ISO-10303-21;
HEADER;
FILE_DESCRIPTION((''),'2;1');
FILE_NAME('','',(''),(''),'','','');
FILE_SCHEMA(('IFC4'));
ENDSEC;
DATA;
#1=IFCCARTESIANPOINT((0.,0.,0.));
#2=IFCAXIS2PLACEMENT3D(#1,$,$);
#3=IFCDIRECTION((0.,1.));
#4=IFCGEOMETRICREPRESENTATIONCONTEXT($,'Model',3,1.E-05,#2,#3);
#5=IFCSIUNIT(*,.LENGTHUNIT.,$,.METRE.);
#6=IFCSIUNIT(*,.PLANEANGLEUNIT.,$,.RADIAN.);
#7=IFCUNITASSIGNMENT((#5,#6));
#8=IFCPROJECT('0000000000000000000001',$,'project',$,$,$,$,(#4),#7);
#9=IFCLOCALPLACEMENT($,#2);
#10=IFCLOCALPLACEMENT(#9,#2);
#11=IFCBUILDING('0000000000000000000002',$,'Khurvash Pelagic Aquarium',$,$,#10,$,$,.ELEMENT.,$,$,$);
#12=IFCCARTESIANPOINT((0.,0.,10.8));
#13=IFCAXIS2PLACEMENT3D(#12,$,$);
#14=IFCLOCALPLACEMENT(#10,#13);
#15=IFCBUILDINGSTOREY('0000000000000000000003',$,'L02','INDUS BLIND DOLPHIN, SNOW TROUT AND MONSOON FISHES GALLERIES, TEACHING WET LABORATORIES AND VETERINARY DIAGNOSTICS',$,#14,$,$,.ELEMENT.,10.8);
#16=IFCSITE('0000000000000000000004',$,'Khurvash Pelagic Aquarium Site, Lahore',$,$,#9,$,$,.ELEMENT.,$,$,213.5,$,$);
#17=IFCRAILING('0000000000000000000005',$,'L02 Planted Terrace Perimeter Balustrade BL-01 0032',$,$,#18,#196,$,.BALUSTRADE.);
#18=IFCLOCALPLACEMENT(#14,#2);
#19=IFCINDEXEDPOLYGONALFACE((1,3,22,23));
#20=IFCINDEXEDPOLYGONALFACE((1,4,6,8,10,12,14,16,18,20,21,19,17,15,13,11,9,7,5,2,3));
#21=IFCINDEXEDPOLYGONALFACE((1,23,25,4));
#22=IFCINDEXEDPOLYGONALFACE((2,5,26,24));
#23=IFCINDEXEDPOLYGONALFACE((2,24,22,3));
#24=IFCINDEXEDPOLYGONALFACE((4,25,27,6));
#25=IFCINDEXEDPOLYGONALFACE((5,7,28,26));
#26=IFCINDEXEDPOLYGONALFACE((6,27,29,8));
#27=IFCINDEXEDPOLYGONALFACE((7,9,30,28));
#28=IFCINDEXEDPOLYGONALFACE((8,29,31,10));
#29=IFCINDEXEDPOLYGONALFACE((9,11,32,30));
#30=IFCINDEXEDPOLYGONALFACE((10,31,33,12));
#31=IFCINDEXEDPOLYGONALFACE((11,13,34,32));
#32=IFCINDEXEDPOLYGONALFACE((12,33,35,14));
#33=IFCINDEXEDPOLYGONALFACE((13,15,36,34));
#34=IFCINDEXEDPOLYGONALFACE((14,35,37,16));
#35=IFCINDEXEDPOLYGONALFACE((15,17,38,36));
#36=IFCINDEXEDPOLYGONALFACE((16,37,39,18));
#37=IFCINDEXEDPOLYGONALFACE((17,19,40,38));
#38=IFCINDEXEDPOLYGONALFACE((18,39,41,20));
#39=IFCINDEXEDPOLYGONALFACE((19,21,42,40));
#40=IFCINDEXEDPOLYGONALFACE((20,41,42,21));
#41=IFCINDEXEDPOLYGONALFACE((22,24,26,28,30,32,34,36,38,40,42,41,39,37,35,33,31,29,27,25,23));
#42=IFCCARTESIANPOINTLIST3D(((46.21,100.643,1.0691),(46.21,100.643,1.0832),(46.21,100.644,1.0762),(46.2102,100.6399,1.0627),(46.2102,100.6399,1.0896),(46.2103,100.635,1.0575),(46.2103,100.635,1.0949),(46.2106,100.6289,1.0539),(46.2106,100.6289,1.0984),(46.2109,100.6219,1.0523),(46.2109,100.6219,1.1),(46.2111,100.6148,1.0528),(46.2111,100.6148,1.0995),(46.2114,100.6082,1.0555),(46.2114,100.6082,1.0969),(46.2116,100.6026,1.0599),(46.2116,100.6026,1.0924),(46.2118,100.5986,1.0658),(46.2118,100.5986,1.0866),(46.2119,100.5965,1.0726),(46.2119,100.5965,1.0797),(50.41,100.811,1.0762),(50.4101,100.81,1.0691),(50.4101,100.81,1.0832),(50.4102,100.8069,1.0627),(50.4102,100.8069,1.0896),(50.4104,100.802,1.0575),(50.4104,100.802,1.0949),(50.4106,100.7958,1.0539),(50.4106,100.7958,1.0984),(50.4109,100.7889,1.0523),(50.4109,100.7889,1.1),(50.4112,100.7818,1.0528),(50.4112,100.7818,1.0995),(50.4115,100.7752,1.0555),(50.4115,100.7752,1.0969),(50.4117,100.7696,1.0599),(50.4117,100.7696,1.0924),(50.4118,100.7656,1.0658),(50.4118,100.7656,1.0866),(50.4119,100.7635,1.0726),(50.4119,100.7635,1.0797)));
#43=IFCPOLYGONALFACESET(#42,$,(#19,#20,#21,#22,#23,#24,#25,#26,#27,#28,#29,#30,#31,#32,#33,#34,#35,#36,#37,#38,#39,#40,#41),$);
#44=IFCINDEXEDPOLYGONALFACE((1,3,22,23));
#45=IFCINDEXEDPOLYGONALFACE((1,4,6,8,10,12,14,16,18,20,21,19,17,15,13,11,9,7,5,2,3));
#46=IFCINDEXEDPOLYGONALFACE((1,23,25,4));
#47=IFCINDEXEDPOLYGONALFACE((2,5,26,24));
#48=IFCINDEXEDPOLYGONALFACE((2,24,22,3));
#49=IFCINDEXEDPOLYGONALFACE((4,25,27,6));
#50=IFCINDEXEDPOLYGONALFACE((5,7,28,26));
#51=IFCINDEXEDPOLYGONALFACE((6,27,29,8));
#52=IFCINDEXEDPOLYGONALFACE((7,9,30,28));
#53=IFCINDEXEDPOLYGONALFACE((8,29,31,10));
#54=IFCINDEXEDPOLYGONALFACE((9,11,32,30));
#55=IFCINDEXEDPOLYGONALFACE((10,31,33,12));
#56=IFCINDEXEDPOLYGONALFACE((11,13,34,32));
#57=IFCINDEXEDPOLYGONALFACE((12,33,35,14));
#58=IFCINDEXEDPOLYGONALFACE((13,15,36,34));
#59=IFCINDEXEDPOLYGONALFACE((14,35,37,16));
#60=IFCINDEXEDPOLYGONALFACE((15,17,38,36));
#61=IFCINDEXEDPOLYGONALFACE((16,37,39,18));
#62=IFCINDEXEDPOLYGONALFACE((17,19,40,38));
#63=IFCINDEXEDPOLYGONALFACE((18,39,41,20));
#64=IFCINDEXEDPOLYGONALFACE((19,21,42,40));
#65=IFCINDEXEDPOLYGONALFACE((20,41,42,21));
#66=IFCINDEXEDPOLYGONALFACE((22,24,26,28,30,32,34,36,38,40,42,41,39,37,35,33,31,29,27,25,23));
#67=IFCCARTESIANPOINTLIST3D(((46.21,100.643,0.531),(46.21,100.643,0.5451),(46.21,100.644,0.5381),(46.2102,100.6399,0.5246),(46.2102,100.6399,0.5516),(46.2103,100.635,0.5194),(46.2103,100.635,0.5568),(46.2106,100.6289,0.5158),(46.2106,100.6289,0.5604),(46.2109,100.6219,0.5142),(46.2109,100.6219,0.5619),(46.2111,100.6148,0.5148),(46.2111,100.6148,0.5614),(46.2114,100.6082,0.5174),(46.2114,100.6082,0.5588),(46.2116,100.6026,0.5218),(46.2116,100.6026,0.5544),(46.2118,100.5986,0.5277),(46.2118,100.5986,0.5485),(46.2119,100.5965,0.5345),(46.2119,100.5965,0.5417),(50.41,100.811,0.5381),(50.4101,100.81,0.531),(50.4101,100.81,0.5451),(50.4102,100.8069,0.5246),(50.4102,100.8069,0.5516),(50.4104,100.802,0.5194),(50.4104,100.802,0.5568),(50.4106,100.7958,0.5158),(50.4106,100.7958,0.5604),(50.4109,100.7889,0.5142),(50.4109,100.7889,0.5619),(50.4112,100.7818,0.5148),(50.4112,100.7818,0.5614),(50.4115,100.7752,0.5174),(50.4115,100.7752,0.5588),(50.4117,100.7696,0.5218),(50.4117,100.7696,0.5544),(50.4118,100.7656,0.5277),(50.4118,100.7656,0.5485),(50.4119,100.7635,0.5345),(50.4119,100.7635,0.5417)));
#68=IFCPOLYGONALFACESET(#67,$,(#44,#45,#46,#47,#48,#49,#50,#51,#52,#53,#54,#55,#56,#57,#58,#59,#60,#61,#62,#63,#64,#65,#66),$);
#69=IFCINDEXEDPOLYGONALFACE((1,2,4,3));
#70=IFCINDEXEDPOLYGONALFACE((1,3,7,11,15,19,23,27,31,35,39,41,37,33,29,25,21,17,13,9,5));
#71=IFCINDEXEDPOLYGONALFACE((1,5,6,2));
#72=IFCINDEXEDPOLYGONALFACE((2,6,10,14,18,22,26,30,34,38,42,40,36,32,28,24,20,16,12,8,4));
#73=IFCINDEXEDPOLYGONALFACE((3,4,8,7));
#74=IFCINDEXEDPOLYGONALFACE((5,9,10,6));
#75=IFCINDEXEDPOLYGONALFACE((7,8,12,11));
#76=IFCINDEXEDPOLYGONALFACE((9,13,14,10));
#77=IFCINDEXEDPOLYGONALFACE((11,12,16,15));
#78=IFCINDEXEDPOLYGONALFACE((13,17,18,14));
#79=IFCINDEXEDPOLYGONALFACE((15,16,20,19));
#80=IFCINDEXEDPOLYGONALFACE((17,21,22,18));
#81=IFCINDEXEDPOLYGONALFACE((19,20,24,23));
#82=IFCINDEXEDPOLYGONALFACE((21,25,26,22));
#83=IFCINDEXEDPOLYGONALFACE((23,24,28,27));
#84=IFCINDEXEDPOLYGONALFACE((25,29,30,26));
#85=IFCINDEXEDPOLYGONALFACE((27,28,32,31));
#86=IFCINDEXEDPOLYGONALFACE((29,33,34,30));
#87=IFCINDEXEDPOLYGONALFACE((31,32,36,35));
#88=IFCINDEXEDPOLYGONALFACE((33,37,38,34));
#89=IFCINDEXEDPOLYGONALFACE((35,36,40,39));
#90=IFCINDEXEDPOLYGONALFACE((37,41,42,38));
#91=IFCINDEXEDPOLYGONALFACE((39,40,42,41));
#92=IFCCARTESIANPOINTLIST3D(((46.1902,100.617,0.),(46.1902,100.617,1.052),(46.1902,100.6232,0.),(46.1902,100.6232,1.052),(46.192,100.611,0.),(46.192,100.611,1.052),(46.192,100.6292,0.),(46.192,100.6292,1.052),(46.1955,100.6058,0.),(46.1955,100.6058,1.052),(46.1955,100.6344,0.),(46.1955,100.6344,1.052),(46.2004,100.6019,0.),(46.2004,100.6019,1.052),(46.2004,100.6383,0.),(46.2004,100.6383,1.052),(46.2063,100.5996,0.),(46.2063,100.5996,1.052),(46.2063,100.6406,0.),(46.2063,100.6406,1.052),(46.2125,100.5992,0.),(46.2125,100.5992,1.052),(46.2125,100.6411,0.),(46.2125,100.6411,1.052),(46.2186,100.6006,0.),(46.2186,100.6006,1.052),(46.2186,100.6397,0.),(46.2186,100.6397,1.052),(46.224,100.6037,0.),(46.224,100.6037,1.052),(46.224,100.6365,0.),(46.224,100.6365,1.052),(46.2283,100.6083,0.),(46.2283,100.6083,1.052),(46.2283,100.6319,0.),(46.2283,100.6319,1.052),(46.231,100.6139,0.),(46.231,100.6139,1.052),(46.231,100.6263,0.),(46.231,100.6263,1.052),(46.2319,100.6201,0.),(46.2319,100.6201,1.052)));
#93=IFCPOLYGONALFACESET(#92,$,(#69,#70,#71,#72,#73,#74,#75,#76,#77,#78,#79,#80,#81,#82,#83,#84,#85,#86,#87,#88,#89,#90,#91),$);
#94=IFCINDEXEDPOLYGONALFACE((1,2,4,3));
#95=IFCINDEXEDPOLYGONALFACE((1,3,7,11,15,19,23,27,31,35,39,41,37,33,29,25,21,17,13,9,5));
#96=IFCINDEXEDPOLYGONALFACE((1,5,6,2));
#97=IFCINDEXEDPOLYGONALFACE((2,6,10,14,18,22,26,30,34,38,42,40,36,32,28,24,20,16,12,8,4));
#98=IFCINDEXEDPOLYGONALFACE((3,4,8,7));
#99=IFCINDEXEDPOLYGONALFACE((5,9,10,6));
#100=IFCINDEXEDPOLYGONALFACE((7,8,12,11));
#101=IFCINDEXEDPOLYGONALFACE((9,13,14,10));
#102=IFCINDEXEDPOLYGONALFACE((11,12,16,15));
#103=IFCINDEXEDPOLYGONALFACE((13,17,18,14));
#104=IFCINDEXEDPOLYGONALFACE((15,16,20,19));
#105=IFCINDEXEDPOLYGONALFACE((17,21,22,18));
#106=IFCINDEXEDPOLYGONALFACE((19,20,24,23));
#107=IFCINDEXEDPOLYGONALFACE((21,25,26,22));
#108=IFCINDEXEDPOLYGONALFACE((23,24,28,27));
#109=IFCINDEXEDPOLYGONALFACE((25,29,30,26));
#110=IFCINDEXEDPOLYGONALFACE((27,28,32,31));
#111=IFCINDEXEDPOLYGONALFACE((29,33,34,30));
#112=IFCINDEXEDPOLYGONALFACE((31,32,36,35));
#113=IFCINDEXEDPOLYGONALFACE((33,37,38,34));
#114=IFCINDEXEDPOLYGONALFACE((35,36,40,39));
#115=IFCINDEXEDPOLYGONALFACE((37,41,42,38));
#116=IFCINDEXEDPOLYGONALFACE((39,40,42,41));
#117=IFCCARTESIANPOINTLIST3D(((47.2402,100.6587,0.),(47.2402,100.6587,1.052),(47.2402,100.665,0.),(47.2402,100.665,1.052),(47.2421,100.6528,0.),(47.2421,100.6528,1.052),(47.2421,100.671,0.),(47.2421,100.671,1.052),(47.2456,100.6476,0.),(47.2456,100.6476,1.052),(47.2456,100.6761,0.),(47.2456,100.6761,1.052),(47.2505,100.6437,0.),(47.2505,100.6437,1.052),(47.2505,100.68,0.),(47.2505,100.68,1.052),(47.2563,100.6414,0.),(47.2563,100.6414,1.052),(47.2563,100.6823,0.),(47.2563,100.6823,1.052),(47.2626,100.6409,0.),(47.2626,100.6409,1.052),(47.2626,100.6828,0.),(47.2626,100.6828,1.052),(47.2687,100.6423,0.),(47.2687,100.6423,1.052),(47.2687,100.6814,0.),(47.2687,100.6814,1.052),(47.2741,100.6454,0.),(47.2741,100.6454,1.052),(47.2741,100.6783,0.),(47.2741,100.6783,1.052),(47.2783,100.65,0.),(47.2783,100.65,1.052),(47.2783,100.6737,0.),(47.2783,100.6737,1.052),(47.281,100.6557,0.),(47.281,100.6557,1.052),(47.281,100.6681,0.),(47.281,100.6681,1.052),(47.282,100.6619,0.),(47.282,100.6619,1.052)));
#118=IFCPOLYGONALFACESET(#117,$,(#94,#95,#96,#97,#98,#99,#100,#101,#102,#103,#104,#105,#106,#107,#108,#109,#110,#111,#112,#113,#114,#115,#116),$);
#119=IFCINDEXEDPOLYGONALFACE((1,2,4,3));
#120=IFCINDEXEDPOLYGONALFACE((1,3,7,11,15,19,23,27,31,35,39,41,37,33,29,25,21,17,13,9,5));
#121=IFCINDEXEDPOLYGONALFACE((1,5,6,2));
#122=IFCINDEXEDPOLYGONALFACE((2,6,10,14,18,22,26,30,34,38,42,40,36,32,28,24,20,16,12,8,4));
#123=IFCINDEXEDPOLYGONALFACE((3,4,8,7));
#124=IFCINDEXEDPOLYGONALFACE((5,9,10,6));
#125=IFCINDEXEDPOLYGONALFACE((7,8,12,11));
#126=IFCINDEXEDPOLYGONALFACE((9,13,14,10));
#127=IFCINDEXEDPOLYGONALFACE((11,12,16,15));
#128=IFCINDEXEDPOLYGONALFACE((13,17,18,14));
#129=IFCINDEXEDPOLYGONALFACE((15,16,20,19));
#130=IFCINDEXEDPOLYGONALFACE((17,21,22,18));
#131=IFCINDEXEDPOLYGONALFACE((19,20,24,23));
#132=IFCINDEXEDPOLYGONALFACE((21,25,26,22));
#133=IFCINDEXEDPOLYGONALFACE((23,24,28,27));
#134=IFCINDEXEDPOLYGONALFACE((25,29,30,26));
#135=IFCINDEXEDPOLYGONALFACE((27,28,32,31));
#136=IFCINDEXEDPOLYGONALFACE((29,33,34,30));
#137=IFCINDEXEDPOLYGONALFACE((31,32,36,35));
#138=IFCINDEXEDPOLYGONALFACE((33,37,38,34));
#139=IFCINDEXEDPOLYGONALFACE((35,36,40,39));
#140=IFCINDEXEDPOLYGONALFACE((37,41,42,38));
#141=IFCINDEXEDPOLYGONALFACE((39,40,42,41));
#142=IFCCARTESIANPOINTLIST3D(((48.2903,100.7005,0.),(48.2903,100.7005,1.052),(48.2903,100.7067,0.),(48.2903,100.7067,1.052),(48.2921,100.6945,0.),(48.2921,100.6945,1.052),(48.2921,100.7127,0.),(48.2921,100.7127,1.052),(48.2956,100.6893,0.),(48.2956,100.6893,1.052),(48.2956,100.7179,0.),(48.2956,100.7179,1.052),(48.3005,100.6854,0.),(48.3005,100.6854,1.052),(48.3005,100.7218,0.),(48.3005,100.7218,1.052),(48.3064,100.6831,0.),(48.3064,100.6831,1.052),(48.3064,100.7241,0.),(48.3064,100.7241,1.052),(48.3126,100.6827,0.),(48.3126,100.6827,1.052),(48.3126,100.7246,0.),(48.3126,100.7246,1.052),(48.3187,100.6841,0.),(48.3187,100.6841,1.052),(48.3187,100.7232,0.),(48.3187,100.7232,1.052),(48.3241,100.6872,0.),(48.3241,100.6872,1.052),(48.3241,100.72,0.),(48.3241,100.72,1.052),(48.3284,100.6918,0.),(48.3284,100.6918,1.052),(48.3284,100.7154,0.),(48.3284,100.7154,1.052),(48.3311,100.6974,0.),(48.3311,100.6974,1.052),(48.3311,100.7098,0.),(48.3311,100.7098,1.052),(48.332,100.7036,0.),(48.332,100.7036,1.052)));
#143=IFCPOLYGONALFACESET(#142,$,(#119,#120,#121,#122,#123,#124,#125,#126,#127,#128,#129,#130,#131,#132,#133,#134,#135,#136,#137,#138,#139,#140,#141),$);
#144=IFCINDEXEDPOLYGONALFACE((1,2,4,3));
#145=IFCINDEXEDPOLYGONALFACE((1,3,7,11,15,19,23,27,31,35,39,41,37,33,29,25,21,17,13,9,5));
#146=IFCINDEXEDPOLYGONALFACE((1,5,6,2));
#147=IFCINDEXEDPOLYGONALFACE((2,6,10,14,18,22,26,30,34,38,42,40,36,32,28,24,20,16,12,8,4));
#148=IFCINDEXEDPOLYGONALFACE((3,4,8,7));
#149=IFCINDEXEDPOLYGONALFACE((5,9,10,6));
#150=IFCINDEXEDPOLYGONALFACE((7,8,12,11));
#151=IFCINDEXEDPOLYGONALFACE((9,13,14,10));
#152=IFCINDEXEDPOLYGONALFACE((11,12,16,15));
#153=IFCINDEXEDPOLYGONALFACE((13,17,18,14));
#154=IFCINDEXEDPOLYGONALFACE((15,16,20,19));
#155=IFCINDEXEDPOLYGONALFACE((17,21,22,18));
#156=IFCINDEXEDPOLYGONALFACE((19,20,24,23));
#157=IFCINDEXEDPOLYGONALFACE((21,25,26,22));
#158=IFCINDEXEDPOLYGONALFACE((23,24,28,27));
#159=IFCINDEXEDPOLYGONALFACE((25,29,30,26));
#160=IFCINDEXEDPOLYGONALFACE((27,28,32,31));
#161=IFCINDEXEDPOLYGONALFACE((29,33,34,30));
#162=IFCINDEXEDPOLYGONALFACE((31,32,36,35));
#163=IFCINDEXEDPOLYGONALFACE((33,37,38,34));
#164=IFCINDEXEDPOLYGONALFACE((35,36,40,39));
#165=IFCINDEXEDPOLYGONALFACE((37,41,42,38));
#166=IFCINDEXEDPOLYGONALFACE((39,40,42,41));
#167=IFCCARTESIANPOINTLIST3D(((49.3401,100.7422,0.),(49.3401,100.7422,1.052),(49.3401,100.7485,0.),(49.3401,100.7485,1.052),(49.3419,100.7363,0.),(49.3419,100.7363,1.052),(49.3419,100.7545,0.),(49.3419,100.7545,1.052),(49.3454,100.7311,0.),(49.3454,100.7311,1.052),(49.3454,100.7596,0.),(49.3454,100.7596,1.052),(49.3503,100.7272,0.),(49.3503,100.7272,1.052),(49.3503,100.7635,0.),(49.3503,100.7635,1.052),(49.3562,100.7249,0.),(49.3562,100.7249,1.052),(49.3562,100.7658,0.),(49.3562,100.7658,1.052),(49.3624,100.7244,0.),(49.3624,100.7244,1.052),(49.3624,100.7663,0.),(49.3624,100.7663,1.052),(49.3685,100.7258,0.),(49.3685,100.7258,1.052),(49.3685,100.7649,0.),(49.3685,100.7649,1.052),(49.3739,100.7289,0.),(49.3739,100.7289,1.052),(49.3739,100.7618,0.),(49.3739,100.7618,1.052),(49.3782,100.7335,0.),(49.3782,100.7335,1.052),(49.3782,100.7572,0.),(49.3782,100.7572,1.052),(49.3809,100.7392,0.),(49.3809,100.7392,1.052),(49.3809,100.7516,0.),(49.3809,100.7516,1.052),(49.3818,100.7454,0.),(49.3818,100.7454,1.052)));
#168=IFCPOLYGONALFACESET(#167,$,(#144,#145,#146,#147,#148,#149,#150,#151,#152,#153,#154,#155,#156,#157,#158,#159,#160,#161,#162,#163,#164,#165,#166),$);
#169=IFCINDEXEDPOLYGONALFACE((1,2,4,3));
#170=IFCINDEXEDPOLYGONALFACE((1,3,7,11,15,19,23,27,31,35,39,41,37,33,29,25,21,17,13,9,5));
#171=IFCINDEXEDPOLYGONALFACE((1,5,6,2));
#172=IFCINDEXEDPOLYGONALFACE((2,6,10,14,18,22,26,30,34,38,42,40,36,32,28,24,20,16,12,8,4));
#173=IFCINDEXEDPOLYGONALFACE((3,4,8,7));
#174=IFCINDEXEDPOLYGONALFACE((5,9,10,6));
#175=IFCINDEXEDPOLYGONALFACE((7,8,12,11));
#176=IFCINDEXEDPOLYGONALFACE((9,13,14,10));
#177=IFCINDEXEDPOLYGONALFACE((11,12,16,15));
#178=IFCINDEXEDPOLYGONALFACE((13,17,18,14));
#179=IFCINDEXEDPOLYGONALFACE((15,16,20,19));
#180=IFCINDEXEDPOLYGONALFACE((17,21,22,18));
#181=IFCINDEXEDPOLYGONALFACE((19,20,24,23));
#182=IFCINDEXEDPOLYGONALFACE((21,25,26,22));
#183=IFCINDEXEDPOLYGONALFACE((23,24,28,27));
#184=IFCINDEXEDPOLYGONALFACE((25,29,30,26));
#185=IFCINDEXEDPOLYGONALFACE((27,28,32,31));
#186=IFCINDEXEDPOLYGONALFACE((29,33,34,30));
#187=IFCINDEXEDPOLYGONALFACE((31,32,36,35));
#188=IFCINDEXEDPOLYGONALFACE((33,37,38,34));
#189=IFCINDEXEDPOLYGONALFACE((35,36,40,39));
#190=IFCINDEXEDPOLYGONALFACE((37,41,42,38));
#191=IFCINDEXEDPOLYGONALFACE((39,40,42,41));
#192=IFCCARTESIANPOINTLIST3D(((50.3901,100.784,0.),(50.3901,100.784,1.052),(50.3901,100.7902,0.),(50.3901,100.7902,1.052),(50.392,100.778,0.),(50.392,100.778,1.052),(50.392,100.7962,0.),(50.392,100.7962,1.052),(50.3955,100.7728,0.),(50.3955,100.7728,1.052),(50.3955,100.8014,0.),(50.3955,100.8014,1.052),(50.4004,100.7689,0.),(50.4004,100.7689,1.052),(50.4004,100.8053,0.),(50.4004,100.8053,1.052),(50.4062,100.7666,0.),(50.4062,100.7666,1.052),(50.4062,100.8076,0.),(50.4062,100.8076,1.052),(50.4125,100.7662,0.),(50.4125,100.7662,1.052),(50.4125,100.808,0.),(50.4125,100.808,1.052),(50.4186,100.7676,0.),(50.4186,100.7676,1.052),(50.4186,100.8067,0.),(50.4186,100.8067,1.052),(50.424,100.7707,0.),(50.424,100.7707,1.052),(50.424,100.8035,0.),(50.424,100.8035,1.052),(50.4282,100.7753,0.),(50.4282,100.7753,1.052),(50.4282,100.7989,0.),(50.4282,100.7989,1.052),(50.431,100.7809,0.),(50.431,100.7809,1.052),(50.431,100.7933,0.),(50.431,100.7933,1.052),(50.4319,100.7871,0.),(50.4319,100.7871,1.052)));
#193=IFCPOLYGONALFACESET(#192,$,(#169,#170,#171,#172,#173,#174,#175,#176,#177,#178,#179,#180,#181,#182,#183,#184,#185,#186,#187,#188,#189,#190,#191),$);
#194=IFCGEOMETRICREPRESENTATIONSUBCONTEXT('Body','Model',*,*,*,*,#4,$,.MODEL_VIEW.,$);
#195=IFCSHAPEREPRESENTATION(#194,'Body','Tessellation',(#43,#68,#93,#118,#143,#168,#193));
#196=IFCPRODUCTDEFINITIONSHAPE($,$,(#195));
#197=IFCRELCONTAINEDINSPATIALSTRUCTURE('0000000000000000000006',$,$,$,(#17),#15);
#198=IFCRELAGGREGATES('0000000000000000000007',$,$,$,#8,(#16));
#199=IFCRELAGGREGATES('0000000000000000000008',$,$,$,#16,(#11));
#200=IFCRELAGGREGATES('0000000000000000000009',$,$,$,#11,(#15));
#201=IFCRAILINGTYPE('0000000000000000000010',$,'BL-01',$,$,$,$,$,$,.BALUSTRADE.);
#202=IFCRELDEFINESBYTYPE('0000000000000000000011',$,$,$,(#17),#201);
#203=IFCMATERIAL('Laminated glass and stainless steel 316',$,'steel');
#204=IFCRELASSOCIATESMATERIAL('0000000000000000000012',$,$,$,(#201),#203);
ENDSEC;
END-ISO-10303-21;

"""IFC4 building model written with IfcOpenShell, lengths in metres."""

from ifc_helpers import new_model, si_unit, direction, frame, origin, origin_2d, place, context, subcontext, project, spatial, circle, extrude, material, type_object, element, save


model = new_model("IFC4")

# Units and contexts
model_context = context("Model", 3, precision=1e-05, world=origin(), true_north=direction((0.0, 1.0)))
body_context = subcontext(model_context, "Body", "Model", "MODEL_VIEW")
ifc_project = project(units=[si_unit("LENGTHUNIT", "METRE"), si_unit("PLANEANGLEUNIT", "RADIAN")], contexts=[model_context])

# Site, building, storey
site_placement = place(None, origin())
site = spatial("IfcSite", under=ifc_project, at=site_placement, Name="Khurvash Pelagic Aquarium Site, Lahore", CompositionType="ELEMENT", RefElevation=213.5)
building_placement = place(site_placement, origin())
building = spatial("IfcBuilding", under=site, at=building_placement, Name="Khurvash Pelagic Aquarium", CompositionType="ELEMENT")
storey_placement = place(building_placement, frame((0.0, 0.0, 10.8)))
storey = spatial("IfcBuildingStorey", under=building, at=storey_placement, Name="L02", Description="INDUS BLIND DOLPHIN, SNOW TROUT AND MONSOON FISHES GALLERIES, TEACHING WET LABORATORIES AND VETERINARY DIAGNOSTICS", CompositionType="ELEMENT", Elevation=10.8)

# Railing
ifc_material_1 = material(Name="Laminated glass and stainless steel 316", Category="steel")
railing_type = type_object("IfcRailingType", Name="BL-01", PredefinedType="BALUSTRADE", material=ifc_material_1)
railing_1_placement = place(storey_placement, frame((46.2109, 100.6201, 0.0)))
element("IfcRailing", 1, at=railing_1_placement, inside=storey, type_object=railing_type, Name="L02 Planted Terrace Perimeter Balustrade BL-01 0032", PredefinedType="BALUSTRADE", context=body_context, shape_type="SweptSolid", body=[
    extrude(circle(Radius=0.0239, at=origin_2d()), frame((0.0, 0.0, 1.0762), z_axis=(0.99921, 0.039729, 0.0), x_axis=(-0.039729, 0.99921, 0.0)), (0.0, 0.0, 1.0), 4.2034),
    extrude(circle(Radius=0.0239, at=origin_2d()), frame((0.0, 0.0, 0.5381), z_axis=(0.99921, 0.039729, 0.0), x_axis=(-0.039729, 0.99921, 0.0)), (0.0, 0.0, 1.0), 4.2034),
    extrude(circle(Radius=0.021, at=origin_2d()), origin(), (0.0, 0.0, 1.0), 1.052),
    extrude(circle(Radius=0.021, at=origin_2d()), frame((1.05, 0.0417, 0.0)), (0.0, 0.0, 1.0), 1.052),
    extrude(circle(Radius=0.021, at=origin_2d()), frame((2.1001, 0.0835, 0.0)), (0.0, 0.0, 1.0), 1.052),
    extrude(circle(Radius=0.021, at=origin_2d()), frame((3.1499, 0.1252, 0.0)), (0.0, 0.0, 1.0), 1.052),
    extrude(circle(Radius=0.021, at=origin_2d()), frame((4.2, 0.167, 0.0)), (0.0, 0.0, 1.0), 1.052),
])

save(model, "model.ifc")
